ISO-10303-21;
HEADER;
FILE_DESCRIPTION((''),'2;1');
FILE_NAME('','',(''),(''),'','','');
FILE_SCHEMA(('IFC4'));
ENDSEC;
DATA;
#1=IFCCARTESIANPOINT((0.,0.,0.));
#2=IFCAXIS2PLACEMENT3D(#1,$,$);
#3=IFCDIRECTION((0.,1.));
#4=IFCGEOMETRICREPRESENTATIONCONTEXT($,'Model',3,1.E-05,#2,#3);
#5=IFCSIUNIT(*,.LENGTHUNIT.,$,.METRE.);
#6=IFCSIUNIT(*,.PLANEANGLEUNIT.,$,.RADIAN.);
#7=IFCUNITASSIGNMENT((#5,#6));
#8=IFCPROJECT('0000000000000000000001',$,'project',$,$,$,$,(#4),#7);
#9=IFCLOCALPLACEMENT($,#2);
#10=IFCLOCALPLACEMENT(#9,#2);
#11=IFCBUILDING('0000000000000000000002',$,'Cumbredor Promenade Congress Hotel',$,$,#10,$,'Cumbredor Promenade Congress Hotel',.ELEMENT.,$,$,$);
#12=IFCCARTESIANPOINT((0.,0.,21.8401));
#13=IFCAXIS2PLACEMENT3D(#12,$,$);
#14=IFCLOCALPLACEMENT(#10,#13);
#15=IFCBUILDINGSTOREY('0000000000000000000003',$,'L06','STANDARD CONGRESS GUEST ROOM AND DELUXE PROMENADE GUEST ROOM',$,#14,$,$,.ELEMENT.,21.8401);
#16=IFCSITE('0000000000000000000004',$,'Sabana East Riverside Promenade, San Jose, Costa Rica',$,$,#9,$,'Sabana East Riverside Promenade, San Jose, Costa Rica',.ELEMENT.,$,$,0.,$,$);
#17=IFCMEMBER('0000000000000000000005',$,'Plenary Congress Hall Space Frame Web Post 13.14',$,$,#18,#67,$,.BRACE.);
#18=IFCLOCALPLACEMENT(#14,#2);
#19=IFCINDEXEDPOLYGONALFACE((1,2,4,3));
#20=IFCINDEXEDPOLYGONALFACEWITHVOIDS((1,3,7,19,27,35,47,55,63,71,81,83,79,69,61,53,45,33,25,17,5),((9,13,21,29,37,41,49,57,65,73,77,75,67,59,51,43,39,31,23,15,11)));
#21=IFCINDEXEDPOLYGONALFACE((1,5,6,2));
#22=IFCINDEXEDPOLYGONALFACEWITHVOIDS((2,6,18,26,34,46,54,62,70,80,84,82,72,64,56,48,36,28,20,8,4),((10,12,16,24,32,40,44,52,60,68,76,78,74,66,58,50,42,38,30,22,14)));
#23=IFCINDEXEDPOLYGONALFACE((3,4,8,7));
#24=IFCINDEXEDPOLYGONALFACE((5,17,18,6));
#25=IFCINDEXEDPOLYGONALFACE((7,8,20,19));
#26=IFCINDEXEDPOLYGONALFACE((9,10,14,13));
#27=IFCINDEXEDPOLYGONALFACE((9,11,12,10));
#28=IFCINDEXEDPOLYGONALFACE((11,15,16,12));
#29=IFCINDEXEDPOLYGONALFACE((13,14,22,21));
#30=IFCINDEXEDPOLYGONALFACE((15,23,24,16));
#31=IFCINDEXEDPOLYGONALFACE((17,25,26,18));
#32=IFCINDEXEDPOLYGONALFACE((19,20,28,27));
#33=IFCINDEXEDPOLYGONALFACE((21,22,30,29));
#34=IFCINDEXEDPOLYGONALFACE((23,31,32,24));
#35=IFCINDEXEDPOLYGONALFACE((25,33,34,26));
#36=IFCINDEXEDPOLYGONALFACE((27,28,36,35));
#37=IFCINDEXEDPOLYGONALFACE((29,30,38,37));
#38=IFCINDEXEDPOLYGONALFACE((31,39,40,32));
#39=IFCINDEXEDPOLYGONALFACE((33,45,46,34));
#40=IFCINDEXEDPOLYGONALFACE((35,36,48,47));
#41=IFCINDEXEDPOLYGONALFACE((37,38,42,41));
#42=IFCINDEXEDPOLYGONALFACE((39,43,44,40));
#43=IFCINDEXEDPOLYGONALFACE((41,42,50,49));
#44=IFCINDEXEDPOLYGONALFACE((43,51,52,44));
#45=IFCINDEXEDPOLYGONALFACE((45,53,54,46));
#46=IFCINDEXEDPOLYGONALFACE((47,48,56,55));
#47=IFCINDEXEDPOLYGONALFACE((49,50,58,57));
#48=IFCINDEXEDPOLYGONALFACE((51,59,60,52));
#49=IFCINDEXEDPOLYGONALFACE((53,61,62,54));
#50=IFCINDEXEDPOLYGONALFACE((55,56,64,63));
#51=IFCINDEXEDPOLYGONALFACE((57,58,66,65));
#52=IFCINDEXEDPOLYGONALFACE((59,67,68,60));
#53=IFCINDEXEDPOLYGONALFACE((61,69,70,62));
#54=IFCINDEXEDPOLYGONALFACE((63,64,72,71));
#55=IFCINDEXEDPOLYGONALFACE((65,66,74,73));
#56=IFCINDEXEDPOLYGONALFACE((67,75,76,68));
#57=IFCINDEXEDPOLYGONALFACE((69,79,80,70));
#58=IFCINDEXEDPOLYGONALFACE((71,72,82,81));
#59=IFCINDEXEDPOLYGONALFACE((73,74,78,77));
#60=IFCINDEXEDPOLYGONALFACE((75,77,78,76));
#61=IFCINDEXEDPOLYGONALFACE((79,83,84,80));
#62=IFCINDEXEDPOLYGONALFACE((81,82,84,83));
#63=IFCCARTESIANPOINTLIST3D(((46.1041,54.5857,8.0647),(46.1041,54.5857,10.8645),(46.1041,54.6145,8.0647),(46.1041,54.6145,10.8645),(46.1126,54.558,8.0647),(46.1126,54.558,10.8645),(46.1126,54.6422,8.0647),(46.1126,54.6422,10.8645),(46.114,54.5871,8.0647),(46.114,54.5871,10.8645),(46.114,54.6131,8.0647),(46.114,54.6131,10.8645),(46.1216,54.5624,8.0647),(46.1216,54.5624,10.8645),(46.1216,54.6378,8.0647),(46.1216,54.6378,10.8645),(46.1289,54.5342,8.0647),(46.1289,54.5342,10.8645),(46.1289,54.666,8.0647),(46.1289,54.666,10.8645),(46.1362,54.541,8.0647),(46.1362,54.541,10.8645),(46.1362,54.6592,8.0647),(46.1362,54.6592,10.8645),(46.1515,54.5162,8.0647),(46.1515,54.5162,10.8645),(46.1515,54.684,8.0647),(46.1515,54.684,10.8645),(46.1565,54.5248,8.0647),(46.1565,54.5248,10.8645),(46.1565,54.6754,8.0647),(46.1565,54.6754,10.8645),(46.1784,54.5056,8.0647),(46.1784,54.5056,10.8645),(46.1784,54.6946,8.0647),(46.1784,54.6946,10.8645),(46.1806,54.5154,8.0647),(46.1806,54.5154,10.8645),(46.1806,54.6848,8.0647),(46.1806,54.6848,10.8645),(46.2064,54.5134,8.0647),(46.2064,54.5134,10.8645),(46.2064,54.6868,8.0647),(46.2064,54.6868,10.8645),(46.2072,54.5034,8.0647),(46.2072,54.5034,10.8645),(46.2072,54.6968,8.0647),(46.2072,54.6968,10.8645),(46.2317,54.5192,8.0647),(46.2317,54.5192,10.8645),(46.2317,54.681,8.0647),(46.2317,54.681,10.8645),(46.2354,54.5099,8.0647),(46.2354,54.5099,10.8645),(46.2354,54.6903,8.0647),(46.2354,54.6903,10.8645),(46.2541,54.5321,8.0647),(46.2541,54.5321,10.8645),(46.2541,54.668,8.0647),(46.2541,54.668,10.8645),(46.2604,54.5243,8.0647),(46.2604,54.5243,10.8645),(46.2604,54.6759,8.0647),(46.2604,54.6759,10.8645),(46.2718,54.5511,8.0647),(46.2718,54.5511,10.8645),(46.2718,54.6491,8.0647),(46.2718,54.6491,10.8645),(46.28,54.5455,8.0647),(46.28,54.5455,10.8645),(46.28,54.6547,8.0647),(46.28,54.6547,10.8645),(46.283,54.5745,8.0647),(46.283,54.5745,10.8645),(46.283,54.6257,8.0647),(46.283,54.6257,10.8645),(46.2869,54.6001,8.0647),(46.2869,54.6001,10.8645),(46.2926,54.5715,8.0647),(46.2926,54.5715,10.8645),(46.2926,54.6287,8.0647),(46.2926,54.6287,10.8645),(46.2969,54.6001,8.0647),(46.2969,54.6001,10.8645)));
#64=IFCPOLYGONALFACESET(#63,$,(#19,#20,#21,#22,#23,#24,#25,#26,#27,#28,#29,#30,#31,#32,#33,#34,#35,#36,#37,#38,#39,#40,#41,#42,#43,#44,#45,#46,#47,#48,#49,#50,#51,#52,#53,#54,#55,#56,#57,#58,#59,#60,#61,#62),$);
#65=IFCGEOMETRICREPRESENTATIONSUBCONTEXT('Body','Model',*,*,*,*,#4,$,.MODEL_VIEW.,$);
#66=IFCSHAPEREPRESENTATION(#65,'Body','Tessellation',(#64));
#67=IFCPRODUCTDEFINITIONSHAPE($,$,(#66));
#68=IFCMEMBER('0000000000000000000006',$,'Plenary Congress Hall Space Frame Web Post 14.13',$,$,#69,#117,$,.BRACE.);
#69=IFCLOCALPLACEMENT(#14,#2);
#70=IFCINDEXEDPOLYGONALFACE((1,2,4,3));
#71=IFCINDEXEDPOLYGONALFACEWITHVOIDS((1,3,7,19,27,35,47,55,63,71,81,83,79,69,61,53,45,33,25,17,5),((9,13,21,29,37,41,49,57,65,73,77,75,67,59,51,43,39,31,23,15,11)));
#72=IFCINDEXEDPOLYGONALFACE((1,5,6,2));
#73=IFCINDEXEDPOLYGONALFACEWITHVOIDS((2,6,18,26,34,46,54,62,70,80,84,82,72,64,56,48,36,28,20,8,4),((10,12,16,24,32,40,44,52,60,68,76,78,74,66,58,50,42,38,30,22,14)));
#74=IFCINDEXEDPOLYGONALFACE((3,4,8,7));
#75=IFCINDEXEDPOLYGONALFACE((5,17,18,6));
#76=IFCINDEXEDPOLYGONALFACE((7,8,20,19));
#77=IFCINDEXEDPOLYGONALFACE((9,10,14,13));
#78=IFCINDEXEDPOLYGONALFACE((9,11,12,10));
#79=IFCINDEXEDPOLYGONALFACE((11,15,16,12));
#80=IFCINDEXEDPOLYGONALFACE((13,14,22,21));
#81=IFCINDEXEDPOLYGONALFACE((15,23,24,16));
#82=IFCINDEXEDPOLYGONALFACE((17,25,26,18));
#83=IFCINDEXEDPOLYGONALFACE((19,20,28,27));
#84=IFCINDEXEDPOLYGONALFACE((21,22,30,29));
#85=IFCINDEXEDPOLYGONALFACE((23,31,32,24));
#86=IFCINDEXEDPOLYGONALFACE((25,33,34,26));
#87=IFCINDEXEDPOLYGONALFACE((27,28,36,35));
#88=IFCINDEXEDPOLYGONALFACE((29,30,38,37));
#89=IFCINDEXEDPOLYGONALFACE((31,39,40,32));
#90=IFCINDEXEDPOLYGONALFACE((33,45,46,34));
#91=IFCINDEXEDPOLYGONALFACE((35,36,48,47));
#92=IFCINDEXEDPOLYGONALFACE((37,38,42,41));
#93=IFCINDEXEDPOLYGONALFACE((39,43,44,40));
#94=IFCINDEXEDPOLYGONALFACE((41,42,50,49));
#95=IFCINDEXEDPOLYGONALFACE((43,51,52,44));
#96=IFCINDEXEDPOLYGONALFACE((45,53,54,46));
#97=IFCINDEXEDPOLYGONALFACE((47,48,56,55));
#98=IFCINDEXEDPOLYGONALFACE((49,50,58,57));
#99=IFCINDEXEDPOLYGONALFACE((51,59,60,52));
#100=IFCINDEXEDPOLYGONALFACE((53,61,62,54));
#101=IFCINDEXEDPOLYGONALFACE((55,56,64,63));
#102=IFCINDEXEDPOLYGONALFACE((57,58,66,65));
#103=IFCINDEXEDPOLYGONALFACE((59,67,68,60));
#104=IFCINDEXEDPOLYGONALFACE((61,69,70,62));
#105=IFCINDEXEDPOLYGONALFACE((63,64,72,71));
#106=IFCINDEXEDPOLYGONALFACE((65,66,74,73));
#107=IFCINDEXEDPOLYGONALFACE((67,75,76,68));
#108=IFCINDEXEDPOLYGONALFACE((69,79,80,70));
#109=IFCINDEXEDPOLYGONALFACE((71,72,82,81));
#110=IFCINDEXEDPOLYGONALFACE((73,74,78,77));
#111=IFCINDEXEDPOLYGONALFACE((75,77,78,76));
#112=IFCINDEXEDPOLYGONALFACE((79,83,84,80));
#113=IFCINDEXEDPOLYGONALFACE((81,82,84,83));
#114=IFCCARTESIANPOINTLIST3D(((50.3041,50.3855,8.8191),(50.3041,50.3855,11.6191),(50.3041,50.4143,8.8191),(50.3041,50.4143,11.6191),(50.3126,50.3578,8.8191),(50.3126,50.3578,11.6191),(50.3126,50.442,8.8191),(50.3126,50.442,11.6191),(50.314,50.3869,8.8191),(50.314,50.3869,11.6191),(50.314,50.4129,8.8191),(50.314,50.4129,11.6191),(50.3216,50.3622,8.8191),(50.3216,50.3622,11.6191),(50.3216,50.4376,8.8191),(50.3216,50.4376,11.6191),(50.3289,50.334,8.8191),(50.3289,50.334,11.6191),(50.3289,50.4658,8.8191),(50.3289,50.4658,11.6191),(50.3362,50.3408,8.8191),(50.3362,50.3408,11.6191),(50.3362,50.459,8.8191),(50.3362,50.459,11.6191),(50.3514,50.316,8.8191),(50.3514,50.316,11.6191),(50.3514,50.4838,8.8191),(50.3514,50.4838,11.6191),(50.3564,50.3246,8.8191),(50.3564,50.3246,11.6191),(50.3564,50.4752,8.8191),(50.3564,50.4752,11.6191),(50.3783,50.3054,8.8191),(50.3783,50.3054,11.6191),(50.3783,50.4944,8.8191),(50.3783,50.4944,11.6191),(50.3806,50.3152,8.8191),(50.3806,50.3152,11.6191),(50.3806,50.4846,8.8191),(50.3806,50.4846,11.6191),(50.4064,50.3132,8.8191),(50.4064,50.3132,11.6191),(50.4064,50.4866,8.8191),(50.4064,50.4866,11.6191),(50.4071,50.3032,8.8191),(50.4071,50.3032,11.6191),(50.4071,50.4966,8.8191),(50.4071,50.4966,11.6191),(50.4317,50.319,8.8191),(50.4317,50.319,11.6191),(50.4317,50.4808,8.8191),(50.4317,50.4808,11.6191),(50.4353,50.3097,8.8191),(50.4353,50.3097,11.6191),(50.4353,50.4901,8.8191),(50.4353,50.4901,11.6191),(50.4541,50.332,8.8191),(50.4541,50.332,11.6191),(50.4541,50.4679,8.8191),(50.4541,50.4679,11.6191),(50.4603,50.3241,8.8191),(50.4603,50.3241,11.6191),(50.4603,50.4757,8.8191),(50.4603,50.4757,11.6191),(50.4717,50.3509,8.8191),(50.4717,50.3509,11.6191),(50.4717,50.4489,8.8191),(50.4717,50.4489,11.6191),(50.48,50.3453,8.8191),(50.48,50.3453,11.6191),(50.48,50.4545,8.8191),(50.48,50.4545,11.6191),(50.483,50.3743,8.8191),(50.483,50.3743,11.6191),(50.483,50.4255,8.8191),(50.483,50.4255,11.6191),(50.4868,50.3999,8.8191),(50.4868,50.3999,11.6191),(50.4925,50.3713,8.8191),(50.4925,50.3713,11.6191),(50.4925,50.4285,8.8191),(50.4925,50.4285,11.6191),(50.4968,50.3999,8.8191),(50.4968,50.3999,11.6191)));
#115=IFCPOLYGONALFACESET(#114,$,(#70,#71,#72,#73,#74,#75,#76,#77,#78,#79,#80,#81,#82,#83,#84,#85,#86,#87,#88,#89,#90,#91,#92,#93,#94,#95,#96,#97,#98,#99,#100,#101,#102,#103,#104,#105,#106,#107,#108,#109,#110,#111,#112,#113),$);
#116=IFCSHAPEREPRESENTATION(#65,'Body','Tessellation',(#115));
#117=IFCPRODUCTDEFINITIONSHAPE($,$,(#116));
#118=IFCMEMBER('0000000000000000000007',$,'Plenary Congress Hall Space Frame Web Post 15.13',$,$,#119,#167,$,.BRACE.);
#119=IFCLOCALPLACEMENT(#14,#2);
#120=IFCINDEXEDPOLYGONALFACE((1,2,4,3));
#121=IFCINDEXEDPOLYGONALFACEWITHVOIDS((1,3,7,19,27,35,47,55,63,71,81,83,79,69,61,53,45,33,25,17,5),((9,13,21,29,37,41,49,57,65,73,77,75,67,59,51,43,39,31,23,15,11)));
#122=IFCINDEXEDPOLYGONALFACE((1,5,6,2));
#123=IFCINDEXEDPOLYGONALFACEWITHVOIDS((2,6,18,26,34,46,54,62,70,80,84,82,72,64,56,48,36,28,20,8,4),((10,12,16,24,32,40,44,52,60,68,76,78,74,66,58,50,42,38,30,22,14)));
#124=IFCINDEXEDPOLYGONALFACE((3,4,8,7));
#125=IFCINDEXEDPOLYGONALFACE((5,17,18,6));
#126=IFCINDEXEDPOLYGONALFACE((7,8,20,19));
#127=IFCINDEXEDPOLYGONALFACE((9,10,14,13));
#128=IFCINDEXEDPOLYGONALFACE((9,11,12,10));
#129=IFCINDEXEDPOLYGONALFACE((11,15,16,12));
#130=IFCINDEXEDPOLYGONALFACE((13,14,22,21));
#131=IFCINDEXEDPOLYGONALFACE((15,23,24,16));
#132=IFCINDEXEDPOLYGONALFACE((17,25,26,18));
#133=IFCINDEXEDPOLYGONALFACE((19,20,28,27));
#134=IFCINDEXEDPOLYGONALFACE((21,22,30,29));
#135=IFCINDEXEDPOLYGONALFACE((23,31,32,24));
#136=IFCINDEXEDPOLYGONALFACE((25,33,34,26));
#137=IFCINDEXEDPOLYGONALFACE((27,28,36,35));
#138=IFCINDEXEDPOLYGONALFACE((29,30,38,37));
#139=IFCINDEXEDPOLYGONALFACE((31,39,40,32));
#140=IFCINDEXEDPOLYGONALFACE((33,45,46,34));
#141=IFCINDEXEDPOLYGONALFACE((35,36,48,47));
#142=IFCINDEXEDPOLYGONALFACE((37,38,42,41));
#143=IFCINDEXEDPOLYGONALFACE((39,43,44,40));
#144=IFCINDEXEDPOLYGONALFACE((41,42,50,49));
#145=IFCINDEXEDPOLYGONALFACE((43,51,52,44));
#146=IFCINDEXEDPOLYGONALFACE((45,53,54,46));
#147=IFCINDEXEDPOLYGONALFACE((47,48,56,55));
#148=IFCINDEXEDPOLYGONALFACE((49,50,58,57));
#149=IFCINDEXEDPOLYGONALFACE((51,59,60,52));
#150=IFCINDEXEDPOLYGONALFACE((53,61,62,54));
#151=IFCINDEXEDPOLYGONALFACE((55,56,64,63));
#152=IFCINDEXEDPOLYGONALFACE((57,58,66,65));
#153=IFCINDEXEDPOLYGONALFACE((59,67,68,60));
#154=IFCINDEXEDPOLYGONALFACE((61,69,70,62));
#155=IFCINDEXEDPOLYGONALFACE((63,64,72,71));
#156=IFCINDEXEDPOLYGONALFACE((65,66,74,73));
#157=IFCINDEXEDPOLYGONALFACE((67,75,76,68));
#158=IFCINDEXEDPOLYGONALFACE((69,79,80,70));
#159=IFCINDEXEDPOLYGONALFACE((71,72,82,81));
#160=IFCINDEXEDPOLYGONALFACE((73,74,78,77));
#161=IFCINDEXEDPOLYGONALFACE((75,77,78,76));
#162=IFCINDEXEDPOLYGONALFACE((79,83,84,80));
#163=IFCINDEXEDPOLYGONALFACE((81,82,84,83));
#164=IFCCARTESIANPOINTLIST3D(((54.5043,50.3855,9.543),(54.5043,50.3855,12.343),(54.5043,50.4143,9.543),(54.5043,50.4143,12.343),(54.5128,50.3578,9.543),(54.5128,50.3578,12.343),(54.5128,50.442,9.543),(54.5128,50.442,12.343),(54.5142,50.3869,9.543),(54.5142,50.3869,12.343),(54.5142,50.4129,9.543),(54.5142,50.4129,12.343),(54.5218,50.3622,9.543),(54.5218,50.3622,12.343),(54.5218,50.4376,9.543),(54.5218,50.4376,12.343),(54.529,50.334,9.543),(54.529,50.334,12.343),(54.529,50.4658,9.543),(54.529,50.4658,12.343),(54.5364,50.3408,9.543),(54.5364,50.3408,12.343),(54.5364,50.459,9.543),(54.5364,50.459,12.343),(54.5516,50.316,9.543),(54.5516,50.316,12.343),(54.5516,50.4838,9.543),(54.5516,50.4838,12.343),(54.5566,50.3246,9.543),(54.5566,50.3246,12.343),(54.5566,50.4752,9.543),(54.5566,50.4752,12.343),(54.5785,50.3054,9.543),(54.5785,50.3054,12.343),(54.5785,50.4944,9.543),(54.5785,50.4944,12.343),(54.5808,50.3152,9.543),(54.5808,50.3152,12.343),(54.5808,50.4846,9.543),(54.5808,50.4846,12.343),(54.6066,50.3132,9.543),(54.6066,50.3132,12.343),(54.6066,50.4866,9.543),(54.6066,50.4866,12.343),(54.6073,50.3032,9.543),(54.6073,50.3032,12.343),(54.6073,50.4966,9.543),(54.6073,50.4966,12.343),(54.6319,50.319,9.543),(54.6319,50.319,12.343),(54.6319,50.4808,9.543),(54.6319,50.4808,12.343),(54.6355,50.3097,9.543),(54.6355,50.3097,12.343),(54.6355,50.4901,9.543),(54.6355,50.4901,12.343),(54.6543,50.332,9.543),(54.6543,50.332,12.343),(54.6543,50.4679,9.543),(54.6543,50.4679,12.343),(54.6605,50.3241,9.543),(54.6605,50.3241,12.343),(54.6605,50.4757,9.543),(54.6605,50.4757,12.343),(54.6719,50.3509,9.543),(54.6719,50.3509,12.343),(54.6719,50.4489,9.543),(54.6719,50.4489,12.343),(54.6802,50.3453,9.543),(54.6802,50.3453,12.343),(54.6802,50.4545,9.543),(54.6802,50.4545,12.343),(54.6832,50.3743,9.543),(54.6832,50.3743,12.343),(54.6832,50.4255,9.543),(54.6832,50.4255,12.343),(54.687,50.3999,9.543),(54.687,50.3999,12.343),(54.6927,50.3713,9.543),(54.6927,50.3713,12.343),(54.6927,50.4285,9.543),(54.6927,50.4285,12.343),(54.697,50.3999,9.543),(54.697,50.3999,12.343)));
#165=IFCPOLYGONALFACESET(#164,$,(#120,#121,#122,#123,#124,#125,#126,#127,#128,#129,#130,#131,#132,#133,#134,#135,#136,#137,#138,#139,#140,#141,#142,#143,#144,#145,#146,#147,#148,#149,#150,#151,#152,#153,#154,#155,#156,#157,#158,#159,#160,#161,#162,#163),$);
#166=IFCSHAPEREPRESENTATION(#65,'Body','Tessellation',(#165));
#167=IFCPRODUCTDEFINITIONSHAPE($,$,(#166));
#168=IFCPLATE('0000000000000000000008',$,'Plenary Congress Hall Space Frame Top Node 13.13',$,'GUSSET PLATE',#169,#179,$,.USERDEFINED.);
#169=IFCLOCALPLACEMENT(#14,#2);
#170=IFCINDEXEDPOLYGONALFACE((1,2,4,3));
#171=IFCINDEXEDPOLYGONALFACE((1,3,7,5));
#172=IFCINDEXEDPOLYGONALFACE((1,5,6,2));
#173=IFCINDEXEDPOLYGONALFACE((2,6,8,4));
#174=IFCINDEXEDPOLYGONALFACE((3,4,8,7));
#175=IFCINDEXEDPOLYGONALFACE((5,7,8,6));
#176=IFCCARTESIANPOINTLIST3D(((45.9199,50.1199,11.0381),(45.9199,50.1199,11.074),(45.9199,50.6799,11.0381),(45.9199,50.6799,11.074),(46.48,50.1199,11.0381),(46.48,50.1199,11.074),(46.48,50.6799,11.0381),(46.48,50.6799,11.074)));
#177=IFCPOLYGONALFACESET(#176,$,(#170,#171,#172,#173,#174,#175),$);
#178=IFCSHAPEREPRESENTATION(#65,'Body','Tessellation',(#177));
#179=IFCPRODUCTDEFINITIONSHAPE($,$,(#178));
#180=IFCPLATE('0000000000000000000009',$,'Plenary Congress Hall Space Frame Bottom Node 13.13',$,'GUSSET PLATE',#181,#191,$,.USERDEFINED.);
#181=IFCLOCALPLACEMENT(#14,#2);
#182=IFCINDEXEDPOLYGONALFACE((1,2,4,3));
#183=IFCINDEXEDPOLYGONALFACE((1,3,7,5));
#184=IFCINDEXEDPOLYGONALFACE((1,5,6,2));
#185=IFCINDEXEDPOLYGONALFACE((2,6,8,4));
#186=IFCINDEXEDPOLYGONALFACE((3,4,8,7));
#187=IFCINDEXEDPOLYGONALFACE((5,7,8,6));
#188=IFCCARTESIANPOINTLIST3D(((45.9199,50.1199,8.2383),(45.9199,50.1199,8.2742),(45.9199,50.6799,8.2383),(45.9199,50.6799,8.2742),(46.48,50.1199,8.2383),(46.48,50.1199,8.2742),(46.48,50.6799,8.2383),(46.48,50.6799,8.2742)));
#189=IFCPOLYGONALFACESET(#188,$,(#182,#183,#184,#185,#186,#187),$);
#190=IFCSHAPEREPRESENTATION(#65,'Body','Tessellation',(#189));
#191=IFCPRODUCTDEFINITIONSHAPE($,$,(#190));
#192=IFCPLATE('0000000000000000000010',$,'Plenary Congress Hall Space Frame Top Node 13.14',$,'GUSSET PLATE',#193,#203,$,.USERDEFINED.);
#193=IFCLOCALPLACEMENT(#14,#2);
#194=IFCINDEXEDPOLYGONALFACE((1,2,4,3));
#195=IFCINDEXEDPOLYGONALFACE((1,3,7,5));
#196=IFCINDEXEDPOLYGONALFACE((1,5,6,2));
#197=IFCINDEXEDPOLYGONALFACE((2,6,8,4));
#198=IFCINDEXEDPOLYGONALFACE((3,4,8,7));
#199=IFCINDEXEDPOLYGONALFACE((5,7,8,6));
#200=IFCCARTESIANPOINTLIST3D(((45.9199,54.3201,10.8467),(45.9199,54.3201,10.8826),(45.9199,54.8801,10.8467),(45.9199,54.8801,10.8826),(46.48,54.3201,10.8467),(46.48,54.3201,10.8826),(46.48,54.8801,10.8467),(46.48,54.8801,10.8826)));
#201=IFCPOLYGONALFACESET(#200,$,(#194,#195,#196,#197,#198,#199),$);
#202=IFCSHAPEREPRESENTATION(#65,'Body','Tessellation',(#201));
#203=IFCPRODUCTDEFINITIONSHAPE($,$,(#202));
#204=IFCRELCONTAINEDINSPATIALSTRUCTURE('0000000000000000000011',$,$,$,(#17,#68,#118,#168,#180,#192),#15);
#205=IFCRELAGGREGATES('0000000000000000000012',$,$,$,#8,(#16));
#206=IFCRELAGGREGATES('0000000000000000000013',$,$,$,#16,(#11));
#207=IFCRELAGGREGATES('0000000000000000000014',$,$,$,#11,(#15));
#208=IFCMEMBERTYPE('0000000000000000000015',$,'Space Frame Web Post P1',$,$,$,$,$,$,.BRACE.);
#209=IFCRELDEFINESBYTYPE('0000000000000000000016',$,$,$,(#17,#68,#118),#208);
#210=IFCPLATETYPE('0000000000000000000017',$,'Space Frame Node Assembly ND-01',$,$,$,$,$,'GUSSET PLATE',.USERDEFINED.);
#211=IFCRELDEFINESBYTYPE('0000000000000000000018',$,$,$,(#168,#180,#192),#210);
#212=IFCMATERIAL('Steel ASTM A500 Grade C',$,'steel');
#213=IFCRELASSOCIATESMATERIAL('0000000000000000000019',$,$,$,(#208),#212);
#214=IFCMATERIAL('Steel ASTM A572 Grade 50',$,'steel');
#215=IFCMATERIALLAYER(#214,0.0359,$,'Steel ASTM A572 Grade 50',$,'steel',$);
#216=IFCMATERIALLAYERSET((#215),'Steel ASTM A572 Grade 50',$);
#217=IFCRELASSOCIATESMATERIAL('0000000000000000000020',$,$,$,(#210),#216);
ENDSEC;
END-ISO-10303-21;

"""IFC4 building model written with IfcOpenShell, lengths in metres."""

from ifc_helpers import new_model, si_unit, direction, frame, origin, origin_2d, place, context, subcontext, project, spatial, rectangle, hollow_circle, extrude, material, layer, layer_set, material_profile, profile_set, type_object, element, save


model = new_model("IFC4")

# Units and contexts
model_context = context("Model", 3, precision=1e-05, world=origin(), true_north=direction((0.0, 1.0)))
body_context = subcontext(model_context, "Body", "Model", "MODEL_VIEW")
ifc_project = project(units=[si_unit("LENGTHUNIT", "METRE"), si_unit("PLANEANGLEUNIT", "RADIAN")], contexts=[model_context])

# Site, building, storey
site_placement = place(None, origin())
site = spatial("IfcSite", under=ifc_project, at=site_placement, Name="Sabana East Riverside Promenade, San Jose, Costa Rica", LongName="Sabana East Riverside Promenade, San Jose, Costa Rica", CompositionType="ELEMENT", RefElevation=0.0)
building_placement = place(site_placement, origin())
building = spatial("IfcBuilding", under=site, at=building_placement, Name="Cumbredor Promenade Congress Hotel", LongName="Cumbredor Promenade Congress Hotel", CompositionType="ELEMENT")
storey_placement = place(building_placement, frame((0.0, 0.0, 21.8401)))
storey = spatial("IfcBuildingStorey", under=building, at=storey_placement, Name="L06", Description="STANDARD CONGRESS GUEST ROOM AND DELUXE PROMENADE GUEST ROOM", CompositionType="ELEMENT", Elevation=21.8401)

# Members
ifc_material_1 = material(Name="Steel ASTM A500 Grade C", Category="steel")
ifc_material_profile_1 = material_profile(ifc_material_1, hollow_circle(Radius=0.0969, WallThickness=0.01, at=origin_2d()), Name="CHS 193.7x10")
ifc_profile_set_1 = profile_set([ifc_material_profile_1], Name="Steel ASTM A500 Grade C")
member_type_1 = type_object("IfcMemberType", Name="Space Frame Web Post P1", PredefinedType="BRACE", material=ifc_profile_set_1)
for number, where, z_axis, x_axis, name in (
    (1, (46.2, 54.6001, 8.0647), (0.0, 0.0, 1.0), (1.0, 0.0, 0.0), "Plenary Congress Hall Space Frame Web Post 13.14"),
):
    element("IfcMember", number, at=place(storey_placement, frame(where, z_axis=z_axis, x_axis=x_axis)), inside=storey, type_object=member_type_1, Name=name, PredefinedType="BRACE", context=body_context, shape_type="SweptSolid", body=[
        extrude(hollow_circle(Radius=0.0969, WallThickness=0.01, at=origin_2d()), origin(), (0.0, 0.0, 1.0), 2.7998),
    ])
for number, where, z_axis, x_axis, name in (
    (2, (50.3999, 50.3999, 8.8191), (0.0, 0.0, 1.0), (1.0, 0.0, 0.0), "Plenary Congress Hall Space Frame Web Post 14.13"),
    (3, (54.6001, 50.3999, 9.543), (0.0, 0.0, 1.0), (1.0, 0.0, 0.0), "Plenary Congress Hall Space Frame Web Post 15.13"),
):
    element("IfcMember", number, at=place(storey_placement, frame(where, z_axis=z_axis, x_axis=x_axis)), inside=storey, type_object=member_type_1, Name=name, PredefinedType="BRACE", context=body_context, shape_type="SweptSolid", body=[
        extrude(hollow_circle(Radius=0.0969, WallThickness=0.01, at=origin_2d()), origin(), (0.0, 0.0, 1.0), 2.8),
    ])

# Plates
ifc_material_2 = material(Name="Steel ASTM A572 Grade 50", Category="steel")
ifc_layer = layer(ifc_material_2, 0.0359, Name="Steel ASTM A572 Grade 50", Category="steel")
ifc_layer_set = layer_set([ifc_layer], Name="Steel ASTM A572 Grade 50")
plate_type = type_object("IfcPlateType", Name="Space Frame Node Assembly ND-01", ElementType="GUSSET PLATE", PredefinedType="USERDEFINED", material=ifc_layer_set)
for number, where, z_axis, x_axis, name in (
    (4, (46.2, 50.3999, 11.0381), (0.0, 0.0, 1.0), (1.0, 0.0, 0.0), "Plenary Congress Hall Space Frame Top Node 13.13"),
    (5, (46.2, 50.3999, 8.2383), (0.0, 0.0, 1.0), (1.0, 0.0, 0.0), "Plenary Congress Hall Space Frame Bottom Node 13.13"),
    (6, (46.2, 54.6001, 10.8467), (0.0, 0.0, 1.0), (1.0, 0.0, 0.0), "Plenary Congress Hall Space Frame Top Node 13.14"),
):
    element("IfcPlate", number, at=place(storey_placement, frame(where, z_axis=z_axis, x_axis=x_axis)), inside=storey, type_object=plate_type, Name=name, ObjectType="GUSSET PLATE", PredefinedType="USERDEFINED", context=body_context, shape_type="SweptSolid", body=[
        extrude(rectangle(XDim=0.5601, YDim=0.5601, at=origin_2d()), origin(), (0.0, 0.0, 1.0), 0.0359),
    ])

save(model, "model.ifc")
